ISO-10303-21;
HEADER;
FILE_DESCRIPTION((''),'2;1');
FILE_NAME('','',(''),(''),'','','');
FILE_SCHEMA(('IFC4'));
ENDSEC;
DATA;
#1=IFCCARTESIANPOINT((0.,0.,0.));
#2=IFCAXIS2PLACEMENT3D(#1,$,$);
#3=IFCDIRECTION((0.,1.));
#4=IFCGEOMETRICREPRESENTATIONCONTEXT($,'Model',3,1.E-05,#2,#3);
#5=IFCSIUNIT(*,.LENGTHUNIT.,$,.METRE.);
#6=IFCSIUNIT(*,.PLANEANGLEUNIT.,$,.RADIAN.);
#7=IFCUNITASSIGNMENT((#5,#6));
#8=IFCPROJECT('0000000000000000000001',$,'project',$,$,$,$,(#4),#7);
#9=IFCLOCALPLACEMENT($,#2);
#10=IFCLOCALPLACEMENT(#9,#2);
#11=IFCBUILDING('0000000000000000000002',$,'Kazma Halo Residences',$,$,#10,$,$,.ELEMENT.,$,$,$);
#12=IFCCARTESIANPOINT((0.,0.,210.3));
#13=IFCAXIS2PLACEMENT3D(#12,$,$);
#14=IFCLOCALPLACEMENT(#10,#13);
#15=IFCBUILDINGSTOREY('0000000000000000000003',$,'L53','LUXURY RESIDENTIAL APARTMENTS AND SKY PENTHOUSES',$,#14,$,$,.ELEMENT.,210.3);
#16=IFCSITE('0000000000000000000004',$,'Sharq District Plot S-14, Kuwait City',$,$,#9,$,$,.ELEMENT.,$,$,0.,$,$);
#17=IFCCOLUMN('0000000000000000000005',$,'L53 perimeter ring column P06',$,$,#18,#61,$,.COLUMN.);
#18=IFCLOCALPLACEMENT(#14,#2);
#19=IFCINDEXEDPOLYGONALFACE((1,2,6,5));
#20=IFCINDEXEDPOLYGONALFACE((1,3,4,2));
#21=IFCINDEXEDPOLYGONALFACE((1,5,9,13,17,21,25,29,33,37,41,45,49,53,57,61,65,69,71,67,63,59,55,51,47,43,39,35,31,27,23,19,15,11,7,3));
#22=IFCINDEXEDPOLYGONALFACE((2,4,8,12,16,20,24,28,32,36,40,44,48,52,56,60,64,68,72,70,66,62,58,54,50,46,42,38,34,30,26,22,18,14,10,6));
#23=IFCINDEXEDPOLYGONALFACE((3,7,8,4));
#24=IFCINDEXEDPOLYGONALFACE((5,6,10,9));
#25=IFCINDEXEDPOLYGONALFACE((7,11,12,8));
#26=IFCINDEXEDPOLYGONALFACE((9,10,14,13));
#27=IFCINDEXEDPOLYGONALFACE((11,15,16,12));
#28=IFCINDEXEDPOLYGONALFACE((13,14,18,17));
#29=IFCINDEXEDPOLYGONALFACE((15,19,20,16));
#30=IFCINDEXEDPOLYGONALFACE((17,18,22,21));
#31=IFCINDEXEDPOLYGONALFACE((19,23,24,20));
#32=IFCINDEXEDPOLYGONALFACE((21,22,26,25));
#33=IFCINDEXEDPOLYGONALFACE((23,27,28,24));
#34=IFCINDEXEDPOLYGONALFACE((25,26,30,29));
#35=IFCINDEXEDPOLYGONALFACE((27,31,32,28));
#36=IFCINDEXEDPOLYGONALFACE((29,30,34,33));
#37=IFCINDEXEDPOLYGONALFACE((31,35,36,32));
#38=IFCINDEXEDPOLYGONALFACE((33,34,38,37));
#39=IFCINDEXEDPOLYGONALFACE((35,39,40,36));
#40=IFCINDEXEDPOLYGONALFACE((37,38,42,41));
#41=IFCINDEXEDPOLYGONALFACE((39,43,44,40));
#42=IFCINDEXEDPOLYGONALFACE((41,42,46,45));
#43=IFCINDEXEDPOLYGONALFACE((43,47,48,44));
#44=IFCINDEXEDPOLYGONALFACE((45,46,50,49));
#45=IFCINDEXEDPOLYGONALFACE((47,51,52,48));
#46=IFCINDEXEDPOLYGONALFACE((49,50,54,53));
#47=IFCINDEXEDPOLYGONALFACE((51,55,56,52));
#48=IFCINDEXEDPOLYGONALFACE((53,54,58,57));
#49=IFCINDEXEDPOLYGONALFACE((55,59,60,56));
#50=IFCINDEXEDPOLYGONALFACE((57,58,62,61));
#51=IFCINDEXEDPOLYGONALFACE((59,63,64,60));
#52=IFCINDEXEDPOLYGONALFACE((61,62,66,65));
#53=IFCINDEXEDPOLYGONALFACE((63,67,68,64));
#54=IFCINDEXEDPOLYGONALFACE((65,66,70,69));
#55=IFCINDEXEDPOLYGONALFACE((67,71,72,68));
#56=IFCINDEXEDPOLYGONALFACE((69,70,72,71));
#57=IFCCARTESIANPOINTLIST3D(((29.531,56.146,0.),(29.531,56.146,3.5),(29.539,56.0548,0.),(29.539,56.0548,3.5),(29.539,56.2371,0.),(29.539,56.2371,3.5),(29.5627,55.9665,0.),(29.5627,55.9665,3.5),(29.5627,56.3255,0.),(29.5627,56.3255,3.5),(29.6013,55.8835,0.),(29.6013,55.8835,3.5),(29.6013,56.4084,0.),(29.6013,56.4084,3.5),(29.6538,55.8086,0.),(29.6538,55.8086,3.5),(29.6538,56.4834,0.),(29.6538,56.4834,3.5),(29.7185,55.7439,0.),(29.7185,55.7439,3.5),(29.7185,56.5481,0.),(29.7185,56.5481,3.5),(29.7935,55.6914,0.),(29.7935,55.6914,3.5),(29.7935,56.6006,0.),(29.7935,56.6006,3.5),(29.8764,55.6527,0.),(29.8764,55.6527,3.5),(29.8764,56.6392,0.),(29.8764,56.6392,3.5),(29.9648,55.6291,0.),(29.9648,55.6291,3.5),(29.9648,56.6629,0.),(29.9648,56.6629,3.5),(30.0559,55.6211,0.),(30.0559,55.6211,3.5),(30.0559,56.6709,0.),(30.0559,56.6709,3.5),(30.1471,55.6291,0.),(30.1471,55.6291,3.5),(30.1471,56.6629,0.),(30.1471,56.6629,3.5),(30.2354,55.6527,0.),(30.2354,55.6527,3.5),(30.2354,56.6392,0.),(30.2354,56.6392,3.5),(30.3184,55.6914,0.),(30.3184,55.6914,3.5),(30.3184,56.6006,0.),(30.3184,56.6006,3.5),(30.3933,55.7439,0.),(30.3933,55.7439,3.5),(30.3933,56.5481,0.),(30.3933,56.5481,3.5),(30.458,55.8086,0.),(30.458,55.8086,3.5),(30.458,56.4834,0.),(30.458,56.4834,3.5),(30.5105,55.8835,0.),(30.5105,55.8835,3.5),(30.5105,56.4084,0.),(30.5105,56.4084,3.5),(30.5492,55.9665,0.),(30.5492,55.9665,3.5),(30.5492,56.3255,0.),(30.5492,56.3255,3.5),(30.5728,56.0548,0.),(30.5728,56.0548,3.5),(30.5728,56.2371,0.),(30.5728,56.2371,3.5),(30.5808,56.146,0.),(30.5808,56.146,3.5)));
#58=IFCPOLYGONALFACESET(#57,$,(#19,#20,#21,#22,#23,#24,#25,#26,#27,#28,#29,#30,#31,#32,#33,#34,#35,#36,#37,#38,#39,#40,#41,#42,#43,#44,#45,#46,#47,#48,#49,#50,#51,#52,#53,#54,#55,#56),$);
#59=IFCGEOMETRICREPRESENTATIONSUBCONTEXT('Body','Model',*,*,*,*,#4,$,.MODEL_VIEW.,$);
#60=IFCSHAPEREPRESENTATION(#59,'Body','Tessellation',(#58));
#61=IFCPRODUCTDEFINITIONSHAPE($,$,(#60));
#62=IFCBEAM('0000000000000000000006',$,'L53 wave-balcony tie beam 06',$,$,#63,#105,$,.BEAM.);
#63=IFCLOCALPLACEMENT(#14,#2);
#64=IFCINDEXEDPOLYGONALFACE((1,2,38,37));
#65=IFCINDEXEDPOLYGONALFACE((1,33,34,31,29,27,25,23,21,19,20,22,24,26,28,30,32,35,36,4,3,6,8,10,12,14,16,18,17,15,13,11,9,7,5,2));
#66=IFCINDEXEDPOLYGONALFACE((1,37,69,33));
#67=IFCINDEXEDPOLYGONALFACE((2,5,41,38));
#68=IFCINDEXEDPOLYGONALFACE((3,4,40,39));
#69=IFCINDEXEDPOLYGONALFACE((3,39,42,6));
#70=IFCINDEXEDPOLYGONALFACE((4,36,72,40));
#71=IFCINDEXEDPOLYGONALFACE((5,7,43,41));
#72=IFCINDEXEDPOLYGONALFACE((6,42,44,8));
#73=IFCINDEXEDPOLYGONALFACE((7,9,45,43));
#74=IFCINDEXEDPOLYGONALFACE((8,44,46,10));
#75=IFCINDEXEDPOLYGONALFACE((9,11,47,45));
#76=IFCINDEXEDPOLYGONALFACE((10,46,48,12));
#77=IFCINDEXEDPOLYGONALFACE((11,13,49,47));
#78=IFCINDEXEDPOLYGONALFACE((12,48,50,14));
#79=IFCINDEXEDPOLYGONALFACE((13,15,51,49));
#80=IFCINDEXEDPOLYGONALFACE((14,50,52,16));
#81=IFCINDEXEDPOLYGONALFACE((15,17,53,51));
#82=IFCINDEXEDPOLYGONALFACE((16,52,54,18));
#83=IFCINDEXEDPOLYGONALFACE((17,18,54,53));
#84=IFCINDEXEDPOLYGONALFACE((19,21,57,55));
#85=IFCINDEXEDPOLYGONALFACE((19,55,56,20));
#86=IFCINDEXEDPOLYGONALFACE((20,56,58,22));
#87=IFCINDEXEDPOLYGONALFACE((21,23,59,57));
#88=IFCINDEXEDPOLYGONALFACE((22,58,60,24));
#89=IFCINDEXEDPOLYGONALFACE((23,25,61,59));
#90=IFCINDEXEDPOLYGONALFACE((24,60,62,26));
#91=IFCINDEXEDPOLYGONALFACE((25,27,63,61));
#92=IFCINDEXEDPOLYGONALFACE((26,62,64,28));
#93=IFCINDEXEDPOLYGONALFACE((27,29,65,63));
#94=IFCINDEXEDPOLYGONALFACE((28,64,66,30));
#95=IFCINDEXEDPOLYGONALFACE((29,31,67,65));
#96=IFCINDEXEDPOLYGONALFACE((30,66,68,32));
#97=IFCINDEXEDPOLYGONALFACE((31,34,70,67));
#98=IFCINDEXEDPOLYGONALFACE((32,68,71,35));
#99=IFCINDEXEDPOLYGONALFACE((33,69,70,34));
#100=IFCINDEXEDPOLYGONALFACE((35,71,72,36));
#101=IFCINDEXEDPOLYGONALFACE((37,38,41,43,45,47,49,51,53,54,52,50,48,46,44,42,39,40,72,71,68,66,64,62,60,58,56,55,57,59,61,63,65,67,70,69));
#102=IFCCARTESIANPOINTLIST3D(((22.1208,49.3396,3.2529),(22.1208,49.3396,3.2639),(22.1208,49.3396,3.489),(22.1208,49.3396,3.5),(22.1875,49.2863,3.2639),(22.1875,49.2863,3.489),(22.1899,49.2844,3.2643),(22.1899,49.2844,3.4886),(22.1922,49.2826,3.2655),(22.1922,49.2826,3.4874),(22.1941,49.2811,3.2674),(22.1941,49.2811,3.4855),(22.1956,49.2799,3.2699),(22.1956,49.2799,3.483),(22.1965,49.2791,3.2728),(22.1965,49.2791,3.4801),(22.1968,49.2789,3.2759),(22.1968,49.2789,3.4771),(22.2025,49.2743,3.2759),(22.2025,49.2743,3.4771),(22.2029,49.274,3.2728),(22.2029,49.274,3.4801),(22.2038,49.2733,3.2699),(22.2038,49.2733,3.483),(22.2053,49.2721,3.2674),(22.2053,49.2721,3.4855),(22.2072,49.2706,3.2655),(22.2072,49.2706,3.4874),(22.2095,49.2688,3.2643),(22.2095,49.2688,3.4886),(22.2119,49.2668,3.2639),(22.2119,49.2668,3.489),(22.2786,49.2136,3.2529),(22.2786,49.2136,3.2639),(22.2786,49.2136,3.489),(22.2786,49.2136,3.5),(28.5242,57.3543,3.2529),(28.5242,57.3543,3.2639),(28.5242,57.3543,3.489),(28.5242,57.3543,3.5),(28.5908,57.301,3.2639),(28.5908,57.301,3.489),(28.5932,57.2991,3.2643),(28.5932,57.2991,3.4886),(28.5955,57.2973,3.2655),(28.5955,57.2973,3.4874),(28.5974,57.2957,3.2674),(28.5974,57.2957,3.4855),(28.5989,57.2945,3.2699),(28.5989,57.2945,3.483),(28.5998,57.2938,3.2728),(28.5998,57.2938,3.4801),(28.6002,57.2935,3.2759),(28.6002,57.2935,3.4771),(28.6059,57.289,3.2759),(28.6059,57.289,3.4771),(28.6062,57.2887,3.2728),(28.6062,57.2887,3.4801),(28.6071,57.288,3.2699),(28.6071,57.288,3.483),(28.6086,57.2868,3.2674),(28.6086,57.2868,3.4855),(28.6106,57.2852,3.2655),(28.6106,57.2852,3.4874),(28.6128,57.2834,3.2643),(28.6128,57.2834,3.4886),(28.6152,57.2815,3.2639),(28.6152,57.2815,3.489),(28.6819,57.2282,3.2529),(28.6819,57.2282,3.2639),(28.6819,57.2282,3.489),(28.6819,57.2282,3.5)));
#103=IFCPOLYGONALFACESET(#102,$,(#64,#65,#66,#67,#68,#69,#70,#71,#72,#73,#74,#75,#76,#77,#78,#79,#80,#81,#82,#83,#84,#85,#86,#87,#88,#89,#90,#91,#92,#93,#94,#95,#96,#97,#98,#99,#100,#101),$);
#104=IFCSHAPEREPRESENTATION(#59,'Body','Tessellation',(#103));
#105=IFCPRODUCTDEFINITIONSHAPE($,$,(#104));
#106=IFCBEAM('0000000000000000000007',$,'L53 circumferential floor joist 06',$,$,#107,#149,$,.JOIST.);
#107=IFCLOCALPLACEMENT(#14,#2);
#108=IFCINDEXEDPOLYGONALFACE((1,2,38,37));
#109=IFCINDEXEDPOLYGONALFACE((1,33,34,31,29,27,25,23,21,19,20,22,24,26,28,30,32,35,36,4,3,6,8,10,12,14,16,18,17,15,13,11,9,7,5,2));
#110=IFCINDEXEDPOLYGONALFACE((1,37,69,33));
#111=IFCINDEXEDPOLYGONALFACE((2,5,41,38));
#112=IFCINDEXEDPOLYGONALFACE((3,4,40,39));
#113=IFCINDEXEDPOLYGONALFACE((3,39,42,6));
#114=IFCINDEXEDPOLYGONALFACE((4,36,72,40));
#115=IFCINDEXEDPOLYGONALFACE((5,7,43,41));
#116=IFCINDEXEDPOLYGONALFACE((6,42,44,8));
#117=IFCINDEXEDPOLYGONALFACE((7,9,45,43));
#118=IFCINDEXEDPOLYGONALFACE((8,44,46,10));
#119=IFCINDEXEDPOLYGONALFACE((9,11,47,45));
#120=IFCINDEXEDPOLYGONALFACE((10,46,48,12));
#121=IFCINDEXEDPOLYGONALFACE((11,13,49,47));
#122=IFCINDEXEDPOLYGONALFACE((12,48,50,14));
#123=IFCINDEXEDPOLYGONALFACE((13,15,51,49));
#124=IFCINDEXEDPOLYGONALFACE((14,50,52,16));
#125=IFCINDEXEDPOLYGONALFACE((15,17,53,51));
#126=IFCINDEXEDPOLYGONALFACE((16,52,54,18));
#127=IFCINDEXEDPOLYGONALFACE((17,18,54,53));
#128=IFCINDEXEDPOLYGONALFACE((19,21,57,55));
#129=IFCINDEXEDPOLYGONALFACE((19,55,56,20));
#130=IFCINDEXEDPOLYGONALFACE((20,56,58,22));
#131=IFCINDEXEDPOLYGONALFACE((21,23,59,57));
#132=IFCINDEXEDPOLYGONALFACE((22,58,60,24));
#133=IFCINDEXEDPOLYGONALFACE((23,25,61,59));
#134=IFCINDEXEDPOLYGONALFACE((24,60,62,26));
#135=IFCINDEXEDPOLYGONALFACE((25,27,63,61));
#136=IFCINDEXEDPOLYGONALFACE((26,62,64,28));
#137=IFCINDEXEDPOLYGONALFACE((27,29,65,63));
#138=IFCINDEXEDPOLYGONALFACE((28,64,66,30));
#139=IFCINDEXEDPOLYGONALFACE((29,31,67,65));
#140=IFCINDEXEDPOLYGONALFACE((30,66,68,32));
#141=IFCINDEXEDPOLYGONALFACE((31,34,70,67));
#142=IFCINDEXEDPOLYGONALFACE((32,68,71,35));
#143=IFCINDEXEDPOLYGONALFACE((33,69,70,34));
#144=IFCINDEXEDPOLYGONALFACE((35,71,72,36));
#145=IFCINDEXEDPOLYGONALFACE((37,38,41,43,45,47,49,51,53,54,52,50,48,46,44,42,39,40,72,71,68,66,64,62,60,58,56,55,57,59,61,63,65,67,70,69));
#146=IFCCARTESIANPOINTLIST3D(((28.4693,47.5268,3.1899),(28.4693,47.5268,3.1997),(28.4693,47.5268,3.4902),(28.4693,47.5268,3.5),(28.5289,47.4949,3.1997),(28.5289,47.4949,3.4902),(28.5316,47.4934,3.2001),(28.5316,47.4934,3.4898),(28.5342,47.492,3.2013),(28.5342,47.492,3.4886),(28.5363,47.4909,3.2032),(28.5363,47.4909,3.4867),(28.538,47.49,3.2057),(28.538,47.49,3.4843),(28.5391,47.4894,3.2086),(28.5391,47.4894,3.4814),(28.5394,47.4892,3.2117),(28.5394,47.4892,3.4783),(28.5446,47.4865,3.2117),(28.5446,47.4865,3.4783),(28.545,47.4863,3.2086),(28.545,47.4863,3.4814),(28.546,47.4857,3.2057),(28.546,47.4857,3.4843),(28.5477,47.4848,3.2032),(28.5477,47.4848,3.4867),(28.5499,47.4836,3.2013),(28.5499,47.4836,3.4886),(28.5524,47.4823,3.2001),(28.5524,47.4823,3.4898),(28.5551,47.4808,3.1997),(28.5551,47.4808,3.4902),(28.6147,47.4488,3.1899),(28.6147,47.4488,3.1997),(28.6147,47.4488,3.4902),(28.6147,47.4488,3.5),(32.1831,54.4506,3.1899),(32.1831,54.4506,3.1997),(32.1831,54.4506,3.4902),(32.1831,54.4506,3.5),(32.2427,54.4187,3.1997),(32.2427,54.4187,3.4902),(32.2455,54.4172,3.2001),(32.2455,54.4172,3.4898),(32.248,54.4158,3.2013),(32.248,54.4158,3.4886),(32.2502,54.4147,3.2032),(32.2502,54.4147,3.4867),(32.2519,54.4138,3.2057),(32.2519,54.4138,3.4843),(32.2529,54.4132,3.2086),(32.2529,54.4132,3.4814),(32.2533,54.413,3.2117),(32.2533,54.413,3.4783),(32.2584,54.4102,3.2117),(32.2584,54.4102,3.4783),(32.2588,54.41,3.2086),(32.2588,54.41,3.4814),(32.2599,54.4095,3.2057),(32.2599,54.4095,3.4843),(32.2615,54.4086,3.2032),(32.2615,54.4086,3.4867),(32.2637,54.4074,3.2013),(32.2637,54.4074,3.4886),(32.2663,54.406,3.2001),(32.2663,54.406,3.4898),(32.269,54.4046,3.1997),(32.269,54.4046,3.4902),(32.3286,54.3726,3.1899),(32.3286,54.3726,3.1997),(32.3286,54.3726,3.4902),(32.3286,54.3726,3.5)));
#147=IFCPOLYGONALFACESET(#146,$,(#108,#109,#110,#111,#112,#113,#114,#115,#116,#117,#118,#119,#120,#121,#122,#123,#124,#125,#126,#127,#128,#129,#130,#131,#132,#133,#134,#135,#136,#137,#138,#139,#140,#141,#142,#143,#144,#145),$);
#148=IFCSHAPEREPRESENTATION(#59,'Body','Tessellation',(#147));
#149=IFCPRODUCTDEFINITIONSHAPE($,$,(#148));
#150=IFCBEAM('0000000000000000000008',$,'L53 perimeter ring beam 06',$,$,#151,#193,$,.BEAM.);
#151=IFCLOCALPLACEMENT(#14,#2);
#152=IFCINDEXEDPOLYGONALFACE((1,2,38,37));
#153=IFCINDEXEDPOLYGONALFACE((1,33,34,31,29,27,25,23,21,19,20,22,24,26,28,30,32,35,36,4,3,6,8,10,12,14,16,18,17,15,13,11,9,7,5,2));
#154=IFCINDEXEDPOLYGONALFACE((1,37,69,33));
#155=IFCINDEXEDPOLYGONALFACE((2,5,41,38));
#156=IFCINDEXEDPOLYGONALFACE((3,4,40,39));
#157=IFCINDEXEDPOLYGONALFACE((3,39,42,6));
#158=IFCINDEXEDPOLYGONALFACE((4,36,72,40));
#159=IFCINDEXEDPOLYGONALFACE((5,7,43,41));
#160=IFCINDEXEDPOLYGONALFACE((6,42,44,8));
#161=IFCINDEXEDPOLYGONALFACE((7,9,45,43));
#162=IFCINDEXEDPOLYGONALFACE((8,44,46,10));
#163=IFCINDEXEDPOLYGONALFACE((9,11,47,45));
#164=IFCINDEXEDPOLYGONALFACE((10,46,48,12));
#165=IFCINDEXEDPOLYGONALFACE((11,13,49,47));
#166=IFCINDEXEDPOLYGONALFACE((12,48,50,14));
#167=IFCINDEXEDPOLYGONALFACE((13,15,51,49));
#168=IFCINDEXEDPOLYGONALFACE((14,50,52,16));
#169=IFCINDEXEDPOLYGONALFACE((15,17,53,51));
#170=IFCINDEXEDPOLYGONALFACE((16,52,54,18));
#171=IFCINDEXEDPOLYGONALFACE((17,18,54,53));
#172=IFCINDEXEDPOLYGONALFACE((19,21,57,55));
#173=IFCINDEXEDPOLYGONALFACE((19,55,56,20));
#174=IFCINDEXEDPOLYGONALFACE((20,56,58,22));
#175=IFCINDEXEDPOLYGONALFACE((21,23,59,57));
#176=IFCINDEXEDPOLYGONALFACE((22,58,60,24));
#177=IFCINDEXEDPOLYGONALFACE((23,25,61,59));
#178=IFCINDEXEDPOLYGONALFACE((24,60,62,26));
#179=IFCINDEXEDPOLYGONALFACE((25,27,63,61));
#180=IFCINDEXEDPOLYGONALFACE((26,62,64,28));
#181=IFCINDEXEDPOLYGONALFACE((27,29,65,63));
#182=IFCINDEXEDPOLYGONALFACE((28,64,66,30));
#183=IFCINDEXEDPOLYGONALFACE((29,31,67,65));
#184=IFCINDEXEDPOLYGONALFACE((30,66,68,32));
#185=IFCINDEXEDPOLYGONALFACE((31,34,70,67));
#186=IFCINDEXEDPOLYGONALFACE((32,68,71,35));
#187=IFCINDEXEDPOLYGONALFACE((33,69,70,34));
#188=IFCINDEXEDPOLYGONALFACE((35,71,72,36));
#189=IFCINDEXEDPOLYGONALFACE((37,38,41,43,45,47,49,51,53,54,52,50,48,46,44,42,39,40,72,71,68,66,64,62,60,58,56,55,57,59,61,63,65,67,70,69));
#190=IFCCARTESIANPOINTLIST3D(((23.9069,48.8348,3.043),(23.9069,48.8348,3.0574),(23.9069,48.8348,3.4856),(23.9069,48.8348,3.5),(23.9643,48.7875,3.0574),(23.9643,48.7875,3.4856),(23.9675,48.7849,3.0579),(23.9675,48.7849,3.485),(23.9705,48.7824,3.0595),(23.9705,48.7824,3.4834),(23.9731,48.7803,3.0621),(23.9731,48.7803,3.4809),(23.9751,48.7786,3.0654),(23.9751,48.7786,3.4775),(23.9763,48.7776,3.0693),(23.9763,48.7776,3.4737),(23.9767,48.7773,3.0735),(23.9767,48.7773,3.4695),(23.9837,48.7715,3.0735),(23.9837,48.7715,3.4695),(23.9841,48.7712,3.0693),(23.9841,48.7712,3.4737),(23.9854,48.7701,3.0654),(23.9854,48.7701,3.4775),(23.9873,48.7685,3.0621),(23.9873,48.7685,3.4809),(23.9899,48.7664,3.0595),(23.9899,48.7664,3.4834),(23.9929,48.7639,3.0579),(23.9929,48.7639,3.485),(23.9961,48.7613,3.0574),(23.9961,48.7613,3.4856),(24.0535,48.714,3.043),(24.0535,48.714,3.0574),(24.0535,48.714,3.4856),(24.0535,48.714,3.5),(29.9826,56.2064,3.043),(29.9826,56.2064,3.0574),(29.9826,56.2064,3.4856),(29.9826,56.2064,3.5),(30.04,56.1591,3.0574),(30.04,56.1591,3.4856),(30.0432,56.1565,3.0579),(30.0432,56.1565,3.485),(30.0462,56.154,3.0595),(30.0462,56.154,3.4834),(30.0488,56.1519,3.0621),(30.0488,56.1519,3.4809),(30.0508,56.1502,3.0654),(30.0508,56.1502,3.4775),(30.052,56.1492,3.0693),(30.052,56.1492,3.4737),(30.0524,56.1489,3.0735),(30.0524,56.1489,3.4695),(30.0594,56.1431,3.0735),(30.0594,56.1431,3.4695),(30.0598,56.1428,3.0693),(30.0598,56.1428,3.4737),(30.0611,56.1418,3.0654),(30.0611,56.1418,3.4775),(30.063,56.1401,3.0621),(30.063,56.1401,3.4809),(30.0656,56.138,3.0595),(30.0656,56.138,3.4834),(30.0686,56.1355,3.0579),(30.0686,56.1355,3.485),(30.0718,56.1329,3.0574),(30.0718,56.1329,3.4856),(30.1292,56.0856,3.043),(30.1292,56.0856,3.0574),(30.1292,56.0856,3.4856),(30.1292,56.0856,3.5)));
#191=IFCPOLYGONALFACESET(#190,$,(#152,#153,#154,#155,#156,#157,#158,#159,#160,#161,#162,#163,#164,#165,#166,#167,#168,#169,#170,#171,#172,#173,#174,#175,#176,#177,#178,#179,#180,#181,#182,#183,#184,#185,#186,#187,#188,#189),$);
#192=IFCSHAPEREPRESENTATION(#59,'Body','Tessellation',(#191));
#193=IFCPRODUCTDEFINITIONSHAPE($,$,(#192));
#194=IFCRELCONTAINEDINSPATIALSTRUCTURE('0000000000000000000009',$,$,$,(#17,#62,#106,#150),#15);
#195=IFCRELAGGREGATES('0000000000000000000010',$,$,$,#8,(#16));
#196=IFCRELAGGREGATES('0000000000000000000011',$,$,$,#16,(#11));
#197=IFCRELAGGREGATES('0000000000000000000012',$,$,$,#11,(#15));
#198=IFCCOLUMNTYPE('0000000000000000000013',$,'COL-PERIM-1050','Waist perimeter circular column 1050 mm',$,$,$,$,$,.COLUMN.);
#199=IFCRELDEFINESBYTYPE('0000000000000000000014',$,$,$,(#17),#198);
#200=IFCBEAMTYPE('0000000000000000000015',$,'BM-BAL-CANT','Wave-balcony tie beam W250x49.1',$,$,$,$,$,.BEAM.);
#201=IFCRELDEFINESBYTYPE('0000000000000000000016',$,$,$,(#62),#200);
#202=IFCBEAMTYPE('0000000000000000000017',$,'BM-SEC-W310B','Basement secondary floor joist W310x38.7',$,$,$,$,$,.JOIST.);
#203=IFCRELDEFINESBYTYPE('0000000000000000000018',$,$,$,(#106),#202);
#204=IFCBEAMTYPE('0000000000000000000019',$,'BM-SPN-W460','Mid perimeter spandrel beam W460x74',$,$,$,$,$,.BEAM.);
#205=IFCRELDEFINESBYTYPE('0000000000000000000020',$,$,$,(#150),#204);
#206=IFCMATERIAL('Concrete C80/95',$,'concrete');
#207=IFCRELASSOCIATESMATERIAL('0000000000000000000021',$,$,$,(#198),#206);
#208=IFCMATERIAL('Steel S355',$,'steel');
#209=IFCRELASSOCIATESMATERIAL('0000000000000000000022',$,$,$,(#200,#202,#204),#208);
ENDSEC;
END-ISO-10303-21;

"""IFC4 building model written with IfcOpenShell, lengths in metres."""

from ifc_helpers import new_model, si_unit, direction, frame, origin, origin_2d, place, context, subcontext, project, spatial, circle, i_section, extrude, material, material_profile, profile_set, type_object, element, save


model = new_model("IFC4")

# Units and contexts
model_context = context("Model", 3, precision=1e-05, world=origin(), true_north=direction((0.0, 1.0)))
body_context = subcontext(model_context, "Body", "Model", "MODEL_VIEW")
ifc_project = project(units=[si_unit("LENGTHUNIT", "METRE"), si_unit("PLANEANGLEUNIT", "RADIAN")], contexts=[model_context])

# Site, building, storey
site_placement = place(None, origin())
site = spatial("IfcSite", under=ifc_project, at=site_placement, Name="Sharq District Plot S-14, Kuwait City", CompositionType="ELEMENT", RefElevation=0.0)
building_placement = place(site_placement, origin())
building = spatial("IfcBuilding", under=site, at=building_placement, Name="Kazma Halo Residences", CompositionType="ELEMENT")
storey_placement = place(building_placement, frame((0.0, 0.0, 210.3)))
storey = spatial("IfcBuildingStorey", under=building, at=storey_placement, Name="L53", Description="LUXURY RESIDENTIAL APARTMENTS AND SKY PENTHOUSES", CompositionType="ELEMENT", Elevation=210.3)

# Column
ifc_material_1 = material(Name="Concrete C80/95", Category="concrete")
ifc_material_profile_1 = material_profile(ifc_material_1, circle(Radius=0.5249, at=origin_2d()), Name="CIRC1050")
ifc_profile_set_1 = profile_set([ifc_material_profile_1], Name="Concrete C80/95")
column_type = type_object("IfcColumnType", Name="COL-PERIM-1050", Description="Waist perimeter circular column 1050 mm", PredefinedType="COLUMN", material=ifc_profile_set_1)
column_placement = place(storey_placement, frame((30.0559, 56.146, 0.0), z_axis=(0.0, 0.0, 1.0), x_axis=(1.0, 0.0, 0.0)))
element("IfcColumn", 1, at=column_placement, inside=storey, type_object=column_type, Name="L53 perimeter ring column P06", PredefinedType="COLUMN", context=body_context, shape_type="SweptSolid", body=[
    extrude(circle(Radius=0.5249, at=origin_2d()), origin(), (0.0, 0.0, 1.0), 3.5),
])

# Beams
ifc_material_2 = material(Name="Steel S355", Category="steel")
ifc_material_profile_2 = material_profile(ifc_material_2, i_section(OverallWidth=0.2019, OverallDepth=0.2471, WebThickness=0.0073, FlangeThickness=0.011, FilletRadius=0.012, at=origin_2d()), Name="W250x49.1")
ifc_profile_set_2 = profile_set([ifc_material_profile_2], Name="Steel S355")
beam_type_1 = type_object("IfcBeamType", Name="BM-BAL-CANT", Description="Wave-balcony tie beam W250x49.1", PredefinedType="BEAM", material=ifc_profile_set_2)
beam_1_placement = place(storey_placement, frame((28.603, 57.2913, 3.3765), z_axis=(-0.624196, -0.781268, 0.0), x_axis=(0.781268, -0.624196, 0.0)))
element("IfcBeam", 2, at=beam_1_placement, inside=storey, type_object=beam_type_1, Name="L53 wave-balcony tie beam 06", PredefinedType="BEAM", context=body_context, shape_type="SweptSolid", body=[
    extrude(i_section(OverallWidth=0.2019, OverallDepth=0.2471, WebThickness=0.0073, FlangeThickness=0.011, FilletRadius=0.012, at=origin_2d()), origin(), (0.0, 0.0, 1.0), 10.2585),
])
ifc_material_profile_3 = material_profile(ifc_material_2, i_section(OverallWidth=0.165, OverallDepth=0.3101, WebThickness=0.0059, FlangeThickness=0.0098, FilletRadius=0.012, at=origin_2d()), Name="W310x38.7")
ifc_profile_set_3 = profile_set([ifc_material_profile_3], Name="Steel S355")
beam_type_2 = type_object("IfcBeamType", Name="BM-SEC-W310B", Description="Basement secondary floor joist W310x38.7", PredefinedType="JOIST", material=ifc_profile_set_3)
beam_2_placement = place(storey_placement, frame((32.2559, 54.4116, 3.345), z_axis=(-0.472684, -0.881232, 0.0), x_axis=(0.881232, -0.472684, 0.0)))
element("IfcBeam", 3, at=beam_2_placement, inside=storey, type_object=beam_type_2, Name="L53 circumferential floor joist 06", PredefinedType="JOIST", context=body_context, shape_type="SweptSolid", body=[
    extrude(i_section(OverallWidth=0.165, OverallDepth=0.3101, WebThickness=0.0059, FlangeThickness=0.0098, FilletRadius=0.012, at=origin_2d()), origin(), (0.0, 0.0, 1.0), 7.8569),
])
ifc_material_profile_4 = material_profile(ifc_material_2, i_section(OverallWidth=0.1899, OverallDepth=0.457, WebThickness=0.009, FlangeThickness=0.0144, FilletRadius=0.0161, at=origin_2d()), Name="W460x74")
ifc_profile_set_4 = profile_set([ifc_material_profile_4], Name="Steel S355")
beam_type_3 = type_object("IfcBeamType", Name="BM-SPN-W460", Description="Mid perimeter spandrel beam W460x74", PredefinedType="BEAM", material=ifc_profile_set_4)
beam_3_placement = place(storey_placement, frame((30.0559, 56.146, 3.2715), z_axis=(-0.636017, -0.771675, 0.0), x_axis=(0.771675, -0.636017, 0.0)))
element("IfcBeam", 4, at=beam_3_placement, inside=storey, type_object=beam_type_3, Name="L53 perimeter ring beam 06", PredefinedType="BEAM", context=body_context, shape_type="SweptSolid", body=[
    extrude(i_section(OverallWidth=0.1899, OverallDepth=0.457, WebThickness=0.009, FlangeThickness=0.0144, FilletRadius=0.0161, at=origin_2d()), origin(), (0.0, 0.0, 1.0), 9.5527),
])

save(model, "model.ifc")
